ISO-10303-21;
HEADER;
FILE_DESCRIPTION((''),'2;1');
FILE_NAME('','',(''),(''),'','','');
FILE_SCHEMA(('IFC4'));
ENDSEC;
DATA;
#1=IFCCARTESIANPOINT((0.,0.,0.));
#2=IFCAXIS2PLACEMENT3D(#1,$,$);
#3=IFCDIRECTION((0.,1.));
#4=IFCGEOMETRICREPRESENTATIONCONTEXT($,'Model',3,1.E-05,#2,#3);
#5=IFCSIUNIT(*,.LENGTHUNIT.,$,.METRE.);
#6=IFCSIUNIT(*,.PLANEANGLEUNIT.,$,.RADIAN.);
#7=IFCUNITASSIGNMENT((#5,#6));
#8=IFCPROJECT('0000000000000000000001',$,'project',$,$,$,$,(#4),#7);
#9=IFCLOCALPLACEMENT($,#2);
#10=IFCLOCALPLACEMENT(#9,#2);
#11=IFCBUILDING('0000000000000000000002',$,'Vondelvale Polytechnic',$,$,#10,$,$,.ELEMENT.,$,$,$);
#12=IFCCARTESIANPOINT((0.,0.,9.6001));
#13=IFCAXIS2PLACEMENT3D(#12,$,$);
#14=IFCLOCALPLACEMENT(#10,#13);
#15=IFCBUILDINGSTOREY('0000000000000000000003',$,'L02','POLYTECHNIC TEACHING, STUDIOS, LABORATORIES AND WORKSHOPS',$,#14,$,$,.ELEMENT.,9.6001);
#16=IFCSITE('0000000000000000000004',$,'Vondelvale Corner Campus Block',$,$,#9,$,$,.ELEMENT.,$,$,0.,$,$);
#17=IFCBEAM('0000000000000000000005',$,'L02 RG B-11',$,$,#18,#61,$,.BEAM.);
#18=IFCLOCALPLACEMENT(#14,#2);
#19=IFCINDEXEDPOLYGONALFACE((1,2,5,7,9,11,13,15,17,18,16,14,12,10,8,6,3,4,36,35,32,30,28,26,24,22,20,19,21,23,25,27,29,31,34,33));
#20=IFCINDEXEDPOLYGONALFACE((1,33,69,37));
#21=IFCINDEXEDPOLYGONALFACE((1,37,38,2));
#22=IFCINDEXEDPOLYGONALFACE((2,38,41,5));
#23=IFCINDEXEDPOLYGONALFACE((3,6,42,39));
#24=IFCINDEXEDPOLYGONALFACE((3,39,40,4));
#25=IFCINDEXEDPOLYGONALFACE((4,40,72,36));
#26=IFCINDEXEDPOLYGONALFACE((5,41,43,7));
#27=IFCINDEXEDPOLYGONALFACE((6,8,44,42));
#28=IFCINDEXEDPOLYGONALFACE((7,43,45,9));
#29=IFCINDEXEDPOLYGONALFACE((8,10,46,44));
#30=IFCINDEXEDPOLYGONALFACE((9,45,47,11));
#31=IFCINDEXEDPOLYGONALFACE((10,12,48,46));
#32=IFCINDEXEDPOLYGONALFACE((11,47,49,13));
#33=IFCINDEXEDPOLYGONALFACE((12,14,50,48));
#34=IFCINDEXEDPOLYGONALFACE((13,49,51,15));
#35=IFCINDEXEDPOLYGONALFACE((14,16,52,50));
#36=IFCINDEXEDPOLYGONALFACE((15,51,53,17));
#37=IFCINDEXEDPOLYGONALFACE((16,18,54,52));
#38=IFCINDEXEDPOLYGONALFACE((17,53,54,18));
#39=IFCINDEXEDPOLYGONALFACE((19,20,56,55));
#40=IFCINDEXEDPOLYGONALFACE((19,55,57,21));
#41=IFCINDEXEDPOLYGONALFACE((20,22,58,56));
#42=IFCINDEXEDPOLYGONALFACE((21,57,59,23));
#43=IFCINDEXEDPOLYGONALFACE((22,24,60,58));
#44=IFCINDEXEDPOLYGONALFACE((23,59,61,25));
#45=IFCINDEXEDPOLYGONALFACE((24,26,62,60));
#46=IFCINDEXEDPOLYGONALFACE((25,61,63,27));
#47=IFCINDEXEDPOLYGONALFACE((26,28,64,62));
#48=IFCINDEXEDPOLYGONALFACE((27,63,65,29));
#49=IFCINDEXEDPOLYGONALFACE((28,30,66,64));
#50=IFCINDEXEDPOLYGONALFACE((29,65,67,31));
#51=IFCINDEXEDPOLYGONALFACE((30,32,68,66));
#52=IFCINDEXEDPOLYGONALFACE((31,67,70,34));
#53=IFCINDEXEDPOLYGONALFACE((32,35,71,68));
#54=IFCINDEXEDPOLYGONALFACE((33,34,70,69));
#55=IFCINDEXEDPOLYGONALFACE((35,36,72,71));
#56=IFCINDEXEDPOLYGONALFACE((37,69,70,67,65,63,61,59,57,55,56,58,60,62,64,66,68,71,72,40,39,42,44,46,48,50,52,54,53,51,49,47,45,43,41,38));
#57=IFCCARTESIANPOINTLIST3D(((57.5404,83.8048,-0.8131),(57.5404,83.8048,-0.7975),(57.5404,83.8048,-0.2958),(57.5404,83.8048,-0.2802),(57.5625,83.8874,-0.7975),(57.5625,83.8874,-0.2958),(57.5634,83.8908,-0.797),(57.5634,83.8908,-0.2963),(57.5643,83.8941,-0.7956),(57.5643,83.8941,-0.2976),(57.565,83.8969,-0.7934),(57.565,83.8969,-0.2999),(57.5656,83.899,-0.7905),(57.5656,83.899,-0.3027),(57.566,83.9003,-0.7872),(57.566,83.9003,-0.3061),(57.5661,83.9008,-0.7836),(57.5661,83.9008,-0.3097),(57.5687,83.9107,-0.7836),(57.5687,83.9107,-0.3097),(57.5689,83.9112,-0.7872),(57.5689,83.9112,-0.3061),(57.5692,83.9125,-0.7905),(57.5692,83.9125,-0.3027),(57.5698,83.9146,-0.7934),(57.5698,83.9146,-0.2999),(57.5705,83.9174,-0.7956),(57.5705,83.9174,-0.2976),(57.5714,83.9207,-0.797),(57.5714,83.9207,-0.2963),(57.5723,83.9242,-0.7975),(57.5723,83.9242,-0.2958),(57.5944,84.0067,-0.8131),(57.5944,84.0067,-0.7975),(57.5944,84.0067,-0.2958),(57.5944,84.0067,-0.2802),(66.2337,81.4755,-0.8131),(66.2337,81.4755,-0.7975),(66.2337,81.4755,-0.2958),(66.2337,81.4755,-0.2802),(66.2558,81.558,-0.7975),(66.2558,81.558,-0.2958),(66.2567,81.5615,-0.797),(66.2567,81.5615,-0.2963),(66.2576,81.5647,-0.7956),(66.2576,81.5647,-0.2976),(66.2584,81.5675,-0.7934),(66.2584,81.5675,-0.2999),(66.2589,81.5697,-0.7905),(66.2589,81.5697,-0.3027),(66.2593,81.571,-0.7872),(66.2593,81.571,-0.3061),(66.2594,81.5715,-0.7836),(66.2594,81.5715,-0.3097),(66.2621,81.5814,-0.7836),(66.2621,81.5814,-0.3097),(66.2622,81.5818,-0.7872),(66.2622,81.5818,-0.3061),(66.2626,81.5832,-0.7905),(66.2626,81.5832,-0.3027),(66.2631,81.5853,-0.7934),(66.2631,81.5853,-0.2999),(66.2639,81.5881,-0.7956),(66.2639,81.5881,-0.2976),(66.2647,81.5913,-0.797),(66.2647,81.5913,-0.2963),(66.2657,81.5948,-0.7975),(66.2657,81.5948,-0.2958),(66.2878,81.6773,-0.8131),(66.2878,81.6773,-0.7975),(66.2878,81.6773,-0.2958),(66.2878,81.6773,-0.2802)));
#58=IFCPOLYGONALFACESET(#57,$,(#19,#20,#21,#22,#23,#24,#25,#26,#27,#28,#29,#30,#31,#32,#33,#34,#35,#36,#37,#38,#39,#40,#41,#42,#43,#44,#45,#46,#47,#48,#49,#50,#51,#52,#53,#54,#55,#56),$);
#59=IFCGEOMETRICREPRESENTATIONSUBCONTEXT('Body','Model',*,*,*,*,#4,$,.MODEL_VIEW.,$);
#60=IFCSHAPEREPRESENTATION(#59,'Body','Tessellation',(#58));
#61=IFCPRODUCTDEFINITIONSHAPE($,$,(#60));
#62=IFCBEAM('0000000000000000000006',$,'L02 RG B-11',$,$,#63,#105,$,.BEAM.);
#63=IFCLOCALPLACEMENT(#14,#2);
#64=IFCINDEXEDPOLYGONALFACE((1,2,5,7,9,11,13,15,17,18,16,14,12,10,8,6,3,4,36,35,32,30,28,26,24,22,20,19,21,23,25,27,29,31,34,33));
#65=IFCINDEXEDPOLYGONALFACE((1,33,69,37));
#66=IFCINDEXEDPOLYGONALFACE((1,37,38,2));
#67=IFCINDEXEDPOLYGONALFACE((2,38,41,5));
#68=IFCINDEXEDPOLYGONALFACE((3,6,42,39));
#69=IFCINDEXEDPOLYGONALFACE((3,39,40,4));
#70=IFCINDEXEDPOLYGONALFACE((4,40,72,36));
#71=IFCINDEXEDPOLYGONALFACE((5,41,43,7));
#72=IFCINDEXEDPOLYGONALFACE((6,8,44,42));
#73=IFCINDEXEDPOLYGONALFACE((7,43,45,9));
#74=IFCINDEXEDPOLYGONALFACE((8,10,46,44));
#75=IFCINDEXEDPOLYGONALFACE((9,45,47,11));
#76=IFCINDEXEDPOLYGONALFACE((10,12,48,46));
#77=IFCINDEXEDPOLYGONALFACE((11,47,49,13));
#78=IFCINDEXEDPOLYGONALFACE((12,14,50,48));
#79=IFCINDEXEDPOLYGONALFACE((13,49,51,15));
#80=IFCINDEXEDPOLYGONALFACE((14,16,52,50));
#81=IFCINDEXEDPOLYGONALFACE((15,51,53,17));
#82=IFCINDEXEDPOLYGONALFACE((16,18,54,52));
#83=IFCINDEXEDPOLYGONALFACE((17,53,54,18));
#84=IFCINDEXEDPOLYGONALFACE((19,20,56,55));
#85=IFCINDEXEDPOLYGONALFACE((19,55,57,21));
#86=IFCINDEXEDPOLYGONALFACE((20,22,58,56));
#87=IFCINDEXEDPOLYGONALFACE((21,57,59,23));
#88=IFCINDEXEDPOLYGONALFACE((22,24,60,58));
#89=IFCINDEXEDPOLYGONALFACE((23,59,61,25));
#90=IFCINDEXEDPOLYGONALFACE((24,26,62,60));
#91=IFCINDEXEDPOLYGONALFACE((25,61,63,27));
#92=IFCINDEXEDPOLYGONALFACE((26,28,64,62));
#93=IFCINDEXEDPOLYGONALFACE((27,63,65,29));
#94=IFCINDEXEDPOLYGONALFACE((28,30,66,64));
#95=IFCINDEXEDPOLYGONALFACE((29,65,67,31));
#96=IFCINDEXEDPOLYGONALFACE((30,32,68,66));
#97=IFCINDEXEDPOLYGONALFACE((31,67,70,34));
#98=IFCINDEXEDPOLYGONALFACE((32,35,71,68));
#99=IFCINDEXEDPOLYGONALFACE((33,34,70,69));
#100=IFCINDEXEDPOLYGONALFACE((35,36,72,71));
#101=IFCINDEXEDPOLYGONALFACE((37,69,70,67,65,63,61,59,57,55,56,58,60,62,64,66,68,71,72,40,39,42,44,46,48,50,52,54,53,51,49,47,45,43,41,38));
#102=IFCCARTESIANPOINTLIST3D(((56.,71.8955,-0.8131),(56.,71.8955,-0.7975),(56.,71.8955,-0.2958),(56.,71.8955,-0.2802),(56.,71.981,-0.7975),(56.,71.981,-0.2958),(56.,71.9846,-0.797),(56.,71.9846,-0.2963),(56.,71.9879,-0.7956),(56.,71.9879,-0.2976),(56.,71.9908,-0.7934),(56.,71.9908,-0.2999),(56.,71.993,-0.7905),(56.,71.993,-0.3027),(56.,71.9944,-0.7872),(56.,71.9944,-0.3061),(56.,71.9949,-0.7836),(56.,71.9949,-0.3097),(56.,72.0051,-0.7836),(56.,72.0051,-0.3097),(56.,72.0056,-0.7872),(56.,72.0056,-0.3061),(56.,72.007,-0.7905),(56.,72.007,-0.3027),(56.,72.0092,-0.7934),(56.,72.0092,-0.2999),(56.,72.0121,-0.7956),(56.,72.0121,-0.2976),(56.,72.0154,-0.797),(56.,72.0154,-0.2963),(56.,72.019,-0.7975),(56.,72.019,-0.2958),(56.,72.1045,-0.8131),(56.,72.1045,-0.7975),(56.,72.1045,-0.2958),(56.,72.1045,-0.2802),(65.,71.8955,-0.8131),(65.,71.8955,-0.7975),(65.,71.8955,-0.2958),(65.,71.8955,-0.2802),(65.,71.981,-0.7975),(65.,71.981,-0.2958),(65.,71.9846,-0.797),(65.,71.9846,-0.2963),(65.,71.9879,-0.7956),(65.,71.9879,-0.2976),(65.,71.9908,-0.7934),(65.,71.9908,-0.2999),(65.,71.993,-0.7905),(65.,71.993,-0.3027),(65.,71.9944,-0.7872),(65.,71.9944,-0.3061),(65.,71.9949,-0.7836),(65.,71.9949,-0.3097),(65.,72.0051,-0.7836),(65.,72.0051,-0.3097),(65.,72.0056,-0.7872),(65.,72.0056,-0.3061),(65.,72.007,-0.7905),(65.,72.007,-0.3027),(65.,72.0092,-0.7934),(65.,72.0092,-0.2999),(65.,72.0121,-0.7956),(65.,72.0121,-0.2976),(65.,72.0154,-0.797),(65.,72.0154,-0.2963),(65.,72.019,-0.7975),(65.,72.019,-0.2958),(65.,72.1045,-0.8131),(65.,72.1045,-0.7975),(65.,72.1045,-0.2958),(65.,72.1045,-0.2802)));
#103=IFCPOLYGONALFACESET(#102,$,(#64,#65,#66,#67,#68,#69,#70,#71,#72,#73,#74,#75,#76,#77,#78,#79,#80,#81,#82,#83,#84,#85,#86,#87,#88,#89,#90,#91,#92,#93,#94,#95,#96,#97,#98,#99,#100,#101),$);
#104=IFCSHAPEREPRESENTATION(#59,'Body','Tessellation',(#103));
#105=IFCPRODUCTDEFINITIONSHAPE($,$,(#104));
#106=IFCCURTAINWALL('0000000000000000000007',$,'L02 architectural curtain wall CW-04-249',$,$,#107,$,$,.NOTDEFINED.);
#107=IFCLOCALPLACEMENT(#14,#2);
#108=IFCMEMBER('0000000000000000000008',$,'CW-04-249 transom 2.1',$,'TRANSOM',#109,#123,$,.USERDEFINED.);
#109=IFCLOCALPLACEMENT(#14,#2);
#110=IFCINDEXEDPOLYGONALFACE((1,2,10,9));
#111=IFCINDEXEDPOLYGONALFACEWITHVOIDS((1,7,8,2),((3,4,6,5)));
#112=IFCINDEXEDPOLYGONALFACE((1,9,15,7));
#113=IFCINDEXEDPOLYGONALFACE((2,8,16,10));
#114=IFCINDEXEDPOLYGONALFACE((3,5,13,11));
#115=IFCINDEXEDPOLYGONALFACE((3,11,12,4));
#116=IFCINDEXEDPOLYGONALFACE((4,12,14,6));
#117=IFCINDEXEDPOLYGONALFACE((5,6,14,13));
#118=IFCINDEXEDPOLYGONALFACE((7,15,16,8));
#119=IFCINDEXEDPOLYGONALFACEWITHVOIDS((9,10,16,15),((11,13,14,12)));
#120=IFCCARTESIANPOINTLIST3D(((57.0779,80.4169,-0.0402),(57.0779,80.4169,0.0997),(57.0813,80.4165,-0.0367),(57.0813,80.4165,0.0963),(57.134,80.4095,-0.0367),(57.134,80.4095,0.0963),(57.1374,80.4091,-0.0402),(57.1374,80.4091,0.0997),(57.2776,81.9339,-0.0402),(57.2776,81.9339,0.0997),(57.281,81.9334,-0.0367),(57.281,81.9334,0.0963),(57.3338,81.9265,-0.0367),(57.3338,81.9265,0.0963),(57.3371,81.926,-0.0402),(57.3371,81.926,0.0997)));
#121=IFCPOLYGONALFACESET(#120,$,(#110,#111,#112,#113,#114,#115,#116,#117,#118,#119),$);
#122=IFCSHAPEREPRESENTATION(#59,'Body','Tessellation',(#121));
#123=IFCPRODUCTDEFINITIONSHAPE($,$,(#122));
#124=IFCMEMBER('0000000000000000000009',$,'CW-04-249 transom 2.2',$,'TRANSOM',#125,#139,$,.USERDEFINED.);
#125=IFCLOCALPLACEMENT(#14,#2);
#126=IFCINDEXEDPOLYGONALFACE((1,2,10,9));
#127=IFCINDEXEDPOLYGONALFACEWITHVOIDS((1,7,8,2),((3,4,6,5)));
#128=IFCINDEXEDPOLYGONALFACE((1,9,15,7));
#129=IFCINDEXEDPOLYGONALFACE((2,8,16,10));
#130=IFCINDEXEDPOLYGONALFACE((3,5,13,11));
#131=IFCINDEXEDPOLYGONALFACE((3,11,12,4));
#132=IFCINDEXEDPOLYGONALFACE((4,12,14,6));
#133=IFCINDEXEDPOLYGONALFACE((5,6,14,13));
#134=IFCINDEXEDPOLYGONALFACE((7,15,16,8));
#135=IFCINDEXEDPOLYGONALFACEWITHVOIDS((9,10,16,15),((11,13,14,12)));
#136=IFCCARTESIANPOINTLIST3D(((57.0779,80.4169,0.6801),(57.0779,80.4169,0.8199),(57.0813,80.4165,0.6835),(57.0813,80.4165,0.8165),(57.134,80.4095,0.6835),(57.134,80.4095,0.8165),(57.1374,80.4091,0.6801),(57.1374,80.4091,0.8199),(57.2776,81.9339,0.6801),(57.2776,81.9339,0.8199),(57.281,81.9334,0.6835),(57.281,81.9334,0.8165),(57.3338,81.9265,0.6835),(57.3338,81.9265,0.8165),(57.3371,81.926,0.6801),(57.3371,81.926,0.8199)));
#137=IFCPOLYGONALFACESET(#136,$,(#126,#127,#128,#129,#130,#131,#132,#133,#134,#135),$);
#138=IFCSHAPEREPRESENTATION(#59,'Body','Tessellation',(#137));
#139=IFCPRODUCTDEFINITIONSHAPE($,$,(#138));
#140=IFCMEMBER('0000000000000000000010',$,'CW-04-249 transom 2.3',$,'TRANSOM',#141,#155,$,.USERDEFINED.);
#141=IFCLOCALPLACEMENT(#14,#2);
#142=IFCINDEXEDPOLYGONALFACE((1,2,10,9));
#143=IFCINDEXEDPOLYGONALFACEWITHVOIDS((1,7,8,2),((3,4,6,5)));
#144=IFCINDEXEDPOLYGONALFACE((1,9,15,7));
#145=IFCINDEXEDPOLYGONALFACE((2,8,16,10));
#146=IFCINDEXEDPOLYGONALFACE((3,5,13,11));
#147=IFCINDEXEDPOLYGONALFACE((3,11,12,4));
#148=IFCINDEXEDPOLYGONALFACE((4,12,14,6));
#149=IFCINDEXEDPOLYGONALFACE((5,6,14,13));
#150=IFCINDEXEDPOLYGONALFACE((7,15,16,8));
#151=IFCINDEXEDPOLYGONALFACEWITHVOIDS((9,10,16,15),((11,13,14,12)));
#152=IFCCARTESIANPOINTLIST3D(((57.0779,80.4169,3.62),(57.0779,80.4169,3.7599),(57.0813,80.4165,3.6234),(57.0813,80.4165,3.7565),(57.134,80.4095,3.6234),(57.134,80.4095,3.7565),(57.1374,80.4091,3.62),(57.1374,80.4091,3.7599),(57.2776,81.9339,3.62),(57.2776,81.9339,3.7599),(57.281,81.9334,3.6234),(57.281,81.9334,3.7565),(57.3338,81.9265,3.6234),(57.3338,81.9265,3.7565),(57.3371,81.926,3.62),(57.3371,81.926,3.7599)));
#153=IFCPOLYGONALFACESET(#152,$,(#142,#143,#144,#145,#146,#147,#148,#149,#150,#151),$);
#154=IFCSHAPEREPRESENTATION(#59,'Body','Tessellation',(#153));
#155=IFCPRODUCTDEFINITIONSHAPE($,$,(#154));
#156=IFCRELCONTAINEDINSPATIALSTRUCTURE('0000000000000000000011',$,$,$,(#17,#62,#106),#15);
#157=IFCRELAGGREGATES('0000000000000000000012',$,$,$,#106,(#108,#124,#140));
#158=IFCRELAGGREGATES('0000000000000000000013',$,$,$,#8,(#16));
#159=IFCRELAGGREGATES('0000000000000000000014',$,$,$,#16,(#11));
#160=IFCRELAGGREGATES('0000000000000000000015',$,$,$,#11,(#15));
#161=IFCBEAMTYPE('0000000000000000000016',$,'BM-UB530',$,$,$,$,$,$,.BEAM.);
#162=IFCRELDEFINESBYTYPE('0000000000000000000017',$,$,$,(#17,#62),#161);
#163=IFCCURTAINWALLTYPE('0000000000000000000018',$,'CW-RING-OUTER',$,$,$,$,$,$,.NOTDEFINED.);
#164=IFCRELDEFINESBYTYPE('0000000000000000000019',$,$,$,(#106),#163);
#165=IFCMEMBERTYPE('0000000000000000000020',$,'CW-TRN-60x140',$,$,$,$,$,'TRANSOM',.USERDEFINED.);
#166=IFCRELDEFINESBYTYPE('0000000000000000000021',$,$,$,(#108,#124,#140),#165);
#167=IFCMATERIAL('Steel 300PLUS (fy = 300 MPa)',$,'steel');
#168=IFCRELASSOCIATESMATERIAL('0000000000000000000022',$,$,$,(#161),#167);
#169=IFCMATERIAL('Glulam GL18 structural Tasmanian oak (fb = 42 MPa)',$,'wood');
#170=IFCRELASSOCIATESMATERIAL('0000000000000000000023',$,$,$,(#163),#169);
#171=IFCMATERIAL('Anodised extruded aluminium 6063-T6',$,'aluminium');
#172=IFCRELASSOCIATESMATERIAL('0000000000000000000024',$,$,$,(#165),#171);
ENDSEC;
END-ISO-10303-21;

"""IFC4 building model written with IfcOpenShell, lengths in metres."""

from ifc_helpers import new_model, si_unit, direction, frame, origin, origin_2d, place, context, subcontext, project, spatial, hollow_rectangle, i_section, extrude, material, material_profile, profile_set, type_object, element, aggregate, save


model = new_model("IFC4")

# Units and contexts
model_context = context("Model", 3, precision=1e-05, world=origin(), true_north=direction((0.0, 1.0)))
body_context = subcontext(model_context, "Body", "Model", "MODEL_VIEW")
ifc_project = project(units=[si_unit("LENGTHUNIT", "METRE"), si_unit("PLANEANGLEUNIT", "RADIAN")], contexts=[model_context])

# Site, building, storey
site_placement = place(None, origin())
site = spatial("IfcSite", under=ifc_project, at=site_placement, Name="Vondelvale Corner Campus Block", CompositionType="ELEMENT", RefElevation=0.0)
building_placement = place(site_placement, origin())
building = spatial("IfcBuilding", under=site, at=building_placement, Name="Vondelvale Polytechnic", CompositionType="ELEMENT")
storey_placement = place(building_placement, frame((0.0, 0.0, 9.6001)))
storey = spatial("IfcBuildingStorey", under=building, at=storey_placement, Name="L02", Description="POLYTECHNIC TEACHING, STUDIOS, LABORATORIES AND WORKSHOPS", CompositionType="ELEMENT", Elevation=9.6001)

# Shared definitions
ifc_material_1 = material(Name="Steel 300PLUS (fy = 300 MPa)", Category="steel")

# Beams
ifc_material_profile_1 = material_profile(ifc_material_1, i_section(OverallWidth=0.209, OverallDepth=0.533, WebThickness=0.0103, FlangeThickness=0.0156, FilletRadius=0.0139, at=origin_2d()), Name="530UB92.4")
ifc_profile_set_1 = profile_set([ifc_material_profile_1], Name="Steel 300PLUS (fy = 300 MPa)")
beam_type_1 = type_object("IfcBeamType", Name="BM-UB530", PredefinedType="BEAM", material=ifc_profile_set_1)
for number, where, z_axis, x_axis, name in (
    (1, (66.2607, 81.5764, -0.5466), (-0.965927, 0.258816, 0.0), (-0.258816, -0.965927, 0.0), "L02 RG B-11"),
    (2, (65.0, 72.0, -0.5466), (-1.0, 0.0, 0.0), (0.0, -1.0, 0.0), "L02 RG B-11"),
):
    element("IfcBeam", number, at=place(storey_placement, frame(where, z_axis=z_axis, x_axis=x_axis)), inside=storey, type_object=beam_type_1, Name=name, PredefinedType="BEAM", context=body_context, shape_type="SweptSolid", body=[
        extrude(i_section(OverallWidth=0.209, OverallDepth=0.533, WebThickness=0.0103, FlangeThickness=0.0156, FilletRadius=0.0139, at=origin_2d()), origin(), (0.0, 0.0, 1.0), 9.0),
    ])

# Curtain wall, members
ifc_material_2 = material(Name="Glulam GL18 structural Tasmanian oak (fb = 42 MPa)", Category="wood")
curtain_wall_type = type_object("IfcCurtainWallType", Name="CW-RING-OUTER", PredefinedType="NOTDEFINED", material=ifc_material_2)
curtain_wall_placement = place(storey_placement, origin())
curtain_wall = element("IfcCurtainWall", 3, at=curtain_wall_placement, inside=storey, type_object=curtain_wall_type, Name="L02 architectural curtain wall CW-04-249", PredefinedType="NOTDEFINED")
ifc_material_3 = material(Name="Anodised extruded aluminium 6063-T6", Category="aluminium")
ifc_material_profile_2 = material_profile(ifc_material_3, hollow_rectangle(XDim=0.0601, YDim=0.1399, WallThickness=0.0034, at=origin_2d()), Name="CW-TRN-140x60")
ifc_profile_set_2 = profile_set([ifc_material_profile_2], Name="Anodised extruded aluminium 6063-T6")
member_type = type_object("IfcMemberType", Name="CW-TRN-60x140", ElementType="TRANSOM", PredefinedType="USERDEFINED", material=ifc_profile_set_2)
member_1_placement = place(storey_placement, frame((57.3074, 81.9299, 0.0298), z_axis=(-0.130533, -0.991444, 0.0), x_axis=(0.991444, -0.130533, 0.0)))
member_1 = element("IfcMember", 4, at=member_1_placement, type_object=member_type, Name="CW-04-249 transom 2.1", ObjectType="TRANSOM", PredefinedType="USERDEFINED", context=body_context, shape_type="SweptSolid", body=[
    extrude(hollow_rectangle(XDim=0.0601, YDim=0.1399, WallThickness=0.0034, at=origin_2d()), origin(), (0.0, 0.0, 1.0), 1.53),
])
member_2_placement = place(storey_placement, frame((57.3074, 81.9299, 0.75), z_axis=(-0.130533, -0.991444, 0.0), x_axis=(0.991444, -0.130533, 0.0)))
member_2 = element("IfcMember", 5, at=member_2_placement, type_object=member_type, Name="CW-04-249 transom 2.2", ObjectType="TRANSOM", PredefinedType="USERDEFINED", context=body_context, shape_type="SweptSolid", body=[
    extrude(hollow_rectangle(XDim=0.0601, YDim=0.1399, WallThickness=0.0034, at=origin_2d()), origin(), (0.0, 0.0, 1.0), 1.53),
])
member_3_placement = place(storey_placement, frame((57.3074, 81.9299, 3.6899), z_axis=(-0.130533, -0.991444, 0.0), x_axis=(0.991444, -0.130533, 0.0)))
member_3 = element("IfcMember", 6, at=member_3_placement, type_object=member_type, Name="CW-04-249 transom 2.3", ObjectType="TRANSOM", PredefinedType="USERDEFINED", context=body_context, shape_type="SweptSolid", body=[
    extrude(hollow_rectangle(XDim=0.0601, YDim=0.1399, WallThickness=0.0034, at=origin_2d()), origin(), (0.0, 0.0, 1.0), 1.53),
])

aggregate(curtain_wall, [member_1, member_2, member_3])

save(model, "model.ifc")
